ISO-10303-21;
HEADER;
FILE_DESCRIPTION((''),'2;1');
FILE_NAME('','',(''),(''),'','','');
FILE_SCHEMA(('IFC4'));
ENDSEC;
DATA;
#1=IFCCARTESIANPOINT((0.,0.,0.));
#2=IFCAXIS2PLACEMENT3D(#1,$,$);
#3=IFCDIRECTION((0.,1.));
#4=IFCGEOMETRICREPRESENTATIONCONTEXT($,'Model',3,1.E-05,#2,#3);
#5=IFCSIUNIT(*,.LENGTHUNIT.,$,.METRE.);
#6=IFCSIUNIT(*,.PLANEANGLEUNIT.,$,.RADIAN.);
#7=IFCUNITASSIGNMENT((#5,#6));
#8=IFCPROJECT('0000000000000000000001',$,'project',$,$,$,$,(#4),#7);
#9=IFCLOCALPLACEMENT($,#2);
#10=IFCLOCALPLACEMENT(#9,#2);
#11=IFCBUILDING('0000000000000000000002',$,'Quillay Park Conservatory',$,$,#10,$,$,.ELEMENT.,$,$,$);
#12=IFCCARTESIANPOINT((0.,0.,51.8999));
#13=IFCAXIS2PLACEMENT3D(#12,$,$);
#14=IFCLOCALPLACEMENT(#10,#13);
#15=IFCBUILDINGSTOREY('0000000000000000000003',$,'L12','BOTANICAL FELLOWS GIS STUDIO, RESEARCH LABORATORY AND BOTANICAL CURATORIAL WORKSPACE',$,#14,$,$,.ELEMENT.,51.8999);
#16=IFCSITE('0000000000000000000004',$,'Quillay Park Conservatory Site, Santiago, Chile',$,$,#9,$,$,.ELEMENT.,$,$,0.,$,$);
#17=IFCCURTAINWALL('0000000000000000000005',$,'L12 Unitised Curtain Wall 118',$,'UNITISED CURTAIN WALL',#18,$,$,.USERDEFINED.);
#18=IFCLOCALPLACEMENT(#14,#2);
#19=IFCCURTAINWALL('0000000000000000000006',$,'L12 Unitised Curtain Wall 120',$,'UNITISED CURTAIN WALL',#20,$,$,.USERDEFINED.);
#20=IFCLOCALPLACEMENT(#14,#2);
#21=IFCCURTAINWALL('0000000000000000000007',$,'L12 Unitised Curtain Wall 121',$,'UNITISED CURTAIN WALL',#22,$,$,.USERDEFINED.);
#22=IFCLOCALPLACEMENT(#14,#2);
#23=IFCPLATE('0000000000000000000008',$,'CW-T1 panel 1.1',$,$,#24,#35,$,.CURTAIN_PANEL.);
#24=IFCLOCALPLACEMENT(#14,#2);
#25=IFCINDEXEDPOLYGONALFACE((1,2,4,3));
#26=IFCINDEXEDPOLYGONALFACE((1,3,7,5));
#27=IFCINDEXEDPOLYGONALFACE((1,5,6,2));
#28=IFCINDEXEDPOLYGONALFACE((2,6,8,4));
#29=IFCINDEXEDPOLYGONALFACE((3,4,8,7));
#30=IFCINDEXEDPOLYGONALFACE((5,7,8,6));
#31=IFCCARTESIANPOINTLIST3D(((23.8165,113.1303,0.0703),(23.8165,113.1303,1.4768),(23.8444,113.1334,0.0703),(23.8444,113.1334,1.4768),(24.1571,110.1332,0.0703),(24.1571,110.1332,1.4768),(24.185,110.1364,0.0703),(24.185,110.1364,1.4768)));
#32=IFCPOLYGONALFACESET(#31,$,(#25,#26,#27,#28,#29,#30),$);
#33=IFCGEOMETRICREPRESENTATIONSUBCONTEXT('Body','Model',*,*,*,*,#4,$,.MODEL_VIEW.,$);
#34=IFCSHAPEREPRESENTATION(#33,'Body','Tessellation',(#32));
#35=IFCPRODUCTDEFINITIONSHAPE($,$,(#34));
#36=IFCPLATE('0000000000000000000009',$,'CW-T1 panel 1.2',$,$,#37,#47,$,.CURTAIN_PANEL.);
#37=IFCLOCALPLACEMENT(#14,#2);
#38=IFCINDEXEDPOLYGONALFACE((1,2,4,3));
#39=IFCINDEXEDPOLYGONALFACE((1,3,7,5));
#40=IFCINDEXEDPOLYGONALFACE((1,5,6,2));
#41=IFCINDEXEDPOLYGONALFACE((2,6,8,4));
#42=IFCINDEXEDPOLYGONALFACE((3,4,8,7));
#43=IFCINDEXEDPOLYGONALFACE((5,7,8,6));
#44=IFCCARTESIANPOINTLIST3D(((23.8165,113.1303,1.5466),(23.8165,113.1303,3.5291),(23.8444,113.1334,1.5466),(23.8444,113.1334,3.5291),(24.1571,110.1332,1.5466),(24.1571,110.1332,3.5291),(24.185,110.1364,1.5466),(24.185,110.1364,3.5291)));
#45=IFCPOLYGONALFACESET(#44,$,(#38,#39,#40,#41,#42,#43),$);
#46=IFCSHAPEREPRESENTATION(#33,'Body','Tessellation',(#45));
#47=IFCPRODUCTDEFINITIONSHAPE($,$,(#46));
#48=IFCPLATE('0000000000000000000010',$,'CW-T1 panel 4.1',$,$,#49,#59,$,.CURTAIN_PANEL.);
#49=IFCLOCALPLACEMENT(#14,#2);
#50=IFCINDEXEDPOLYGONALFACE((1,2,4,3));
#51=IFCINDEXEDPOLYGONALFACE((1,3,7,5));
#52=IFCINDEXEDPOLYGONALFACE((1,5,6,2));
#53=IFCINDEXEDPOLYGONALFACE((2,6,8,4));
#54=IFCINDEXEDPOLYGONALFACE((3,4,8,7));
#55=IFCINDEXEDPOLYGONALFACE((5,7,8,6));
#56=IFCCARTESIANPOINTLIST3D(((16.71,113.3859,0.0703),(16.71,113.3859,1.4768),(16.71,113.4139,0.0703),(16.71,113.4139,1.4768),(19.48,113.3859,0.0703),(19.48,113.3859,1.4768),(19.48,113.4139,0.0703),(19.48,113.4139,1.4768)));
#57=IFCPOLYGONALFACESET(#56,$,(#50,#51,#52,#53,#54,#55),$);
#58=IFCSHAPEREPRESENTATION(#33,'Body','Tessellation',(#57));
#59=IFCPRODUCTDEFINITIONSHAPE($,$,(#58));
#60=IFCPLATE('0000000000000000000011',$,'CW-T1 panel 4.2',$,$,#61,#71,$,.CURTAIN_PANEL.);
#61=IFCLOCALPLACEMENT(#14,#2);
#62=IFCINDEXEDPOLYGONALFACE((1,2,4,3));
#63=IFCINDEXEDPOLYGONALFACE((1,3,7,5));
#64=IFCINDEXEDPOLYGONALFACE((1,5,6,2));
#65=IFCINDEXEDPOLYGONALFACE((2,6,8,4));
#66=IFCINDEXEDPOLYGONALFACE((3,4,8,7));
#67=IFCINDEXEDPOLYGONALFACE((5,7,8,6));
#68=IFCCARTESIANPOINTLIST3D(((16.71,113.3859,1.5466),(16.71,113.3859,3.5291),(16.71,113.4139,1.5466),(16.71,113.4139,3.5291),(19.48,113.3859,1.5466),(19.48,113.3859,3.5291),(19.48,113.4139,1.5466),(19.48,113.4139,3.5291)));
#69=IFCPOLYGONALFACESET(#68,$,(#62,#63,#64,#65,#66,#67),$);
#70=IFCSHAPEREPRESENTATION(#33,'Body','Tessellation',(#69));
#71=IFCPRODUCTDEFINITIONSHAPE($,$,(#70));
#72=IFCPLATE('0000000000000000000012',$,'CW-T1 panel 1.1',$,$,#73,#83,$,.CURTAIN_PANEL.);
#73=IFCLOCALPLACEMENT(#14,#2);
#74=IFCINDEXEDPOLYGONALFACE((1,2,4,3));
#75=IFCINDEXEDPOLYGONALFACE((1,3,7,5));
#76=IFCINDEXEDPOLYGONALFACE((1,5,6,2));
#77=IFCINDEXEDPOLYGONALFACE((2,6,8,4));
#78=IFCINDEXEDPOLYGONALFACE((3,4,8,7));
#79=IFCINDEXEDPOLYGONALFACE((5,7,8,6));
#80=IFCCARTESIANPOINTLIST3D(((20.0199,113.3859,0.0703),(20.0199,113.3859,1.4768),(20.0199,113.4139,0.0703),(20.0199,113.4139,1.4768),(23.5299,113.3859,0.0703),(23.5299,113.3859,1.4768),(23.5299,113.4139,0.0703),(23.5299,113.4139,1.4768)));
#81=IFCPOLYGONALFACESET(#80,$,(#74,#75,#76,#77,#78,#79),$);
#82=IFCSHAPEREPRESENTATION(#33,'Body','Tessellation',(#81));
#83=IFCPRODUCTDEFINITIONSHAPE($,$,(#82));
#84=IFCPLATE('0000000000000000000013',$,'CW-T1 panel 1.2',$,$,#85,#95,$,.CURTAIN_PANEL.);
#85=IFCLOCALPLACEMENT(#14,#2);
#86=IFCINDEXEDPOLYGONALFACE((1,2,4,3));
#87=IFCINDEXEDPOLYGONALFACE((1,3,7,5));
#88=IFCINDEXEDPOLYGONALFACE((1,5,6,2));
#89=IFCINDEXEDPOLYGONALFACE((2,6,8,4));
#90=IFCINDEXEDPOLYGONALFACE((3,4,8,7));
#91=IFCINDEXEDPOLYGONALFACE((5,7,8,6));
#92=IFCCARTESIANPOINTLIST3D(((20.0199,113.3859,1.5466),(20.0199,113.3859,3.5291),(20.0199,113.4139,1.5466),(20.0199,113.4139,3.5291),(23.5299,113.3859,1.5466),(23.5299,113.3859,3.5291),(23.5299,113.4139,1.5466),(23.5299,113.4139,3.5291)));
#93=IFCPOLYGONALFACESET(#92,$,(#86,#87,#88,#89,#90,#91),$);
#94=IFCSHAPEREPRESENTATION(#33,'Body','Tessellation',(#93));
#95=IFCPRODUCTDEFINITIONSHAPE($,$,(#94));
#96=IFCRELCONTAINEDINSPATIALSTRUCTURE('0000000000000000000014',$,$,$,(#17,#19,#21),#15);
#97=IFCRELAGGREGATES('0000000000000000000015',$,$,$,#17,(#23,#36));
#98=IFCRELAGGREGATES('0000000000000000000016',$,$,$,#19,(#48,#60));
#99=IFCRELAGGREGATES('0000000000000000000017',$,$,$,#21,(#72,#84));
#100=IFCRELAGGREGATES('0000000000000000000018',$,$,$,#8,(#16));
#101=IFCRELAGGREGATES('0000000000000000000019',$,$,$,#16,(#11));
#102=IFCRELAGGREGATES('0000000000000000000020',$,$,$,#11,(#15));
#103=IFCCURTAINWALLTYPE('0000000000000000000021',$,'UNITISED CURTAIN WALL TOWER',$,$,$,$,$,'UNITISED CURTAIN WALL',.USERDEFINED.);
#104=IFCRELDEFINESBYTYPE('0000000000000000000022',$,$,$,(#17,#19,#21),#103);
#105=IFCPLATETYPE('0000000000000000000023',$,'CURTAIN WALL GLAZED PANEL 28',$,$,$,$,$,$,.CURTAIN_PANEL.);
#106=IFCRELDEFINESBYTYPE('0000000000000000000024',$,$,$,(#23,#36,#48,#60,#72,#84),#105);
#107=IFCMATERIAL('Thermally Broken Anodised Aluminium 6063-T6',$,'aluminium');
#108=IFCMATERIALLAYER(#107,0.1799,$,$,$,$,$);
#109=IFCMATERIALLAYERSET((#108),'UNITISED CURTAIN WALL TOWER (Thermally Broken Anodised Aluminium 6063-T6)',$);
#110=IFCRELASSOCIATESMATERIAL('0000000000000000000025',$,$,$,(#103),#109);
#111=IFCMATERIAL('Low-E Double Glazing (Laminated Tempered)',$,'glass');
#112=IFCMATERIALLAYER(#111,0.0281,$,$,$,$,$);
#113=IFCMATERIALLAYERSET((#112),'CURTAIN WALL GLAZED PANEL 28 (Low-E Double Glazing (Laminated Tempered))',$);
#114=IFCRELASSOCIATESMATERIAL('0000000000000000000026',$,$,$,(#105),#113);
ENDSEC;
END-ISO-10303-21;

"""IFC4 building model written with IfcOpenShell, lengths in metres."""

from ifc_helpers import new_model, si_unit, direction, frame, origin, origin_2d, place, context, subcontext, project, spatial, rectangle, extrude, material, layer, layer_set, type_object, element, aggregate, save


model = new_model("IFC4")

# Units and contexts
model_context = context("Model", 3, precision=1e-05, world=origin(), true_north=direction((0.0, 1.0)))
body_context = subcontext(model_context, "Body", "Model", "MODEL_VIEW")
ifc_project = project(units=[si_unit("LENGTHUNIT", "METRE"), si_unit("PLANEANGLEUNIT", "RADIAN")], contexts=[model_context])

# Site, building, storey
site_placement = place(None, origin())
site = spatial("IfcSite", under=ifc_project, at=site_placement, Name="Quillay Park Conservatory Site, Santiago, Chile", CompositionType="ELEMENT", RefElevation=0.0)
building_placement = place(site_placement, origin())
building = spatial("IfcBuilding", under=site, at=building_placement, Name="Quillay Park Conservatory", CompositionType="ELEMENT")
storey_placement = place(building_placement, frame((0.0, 0.0, 51.8999)))
storey = spatial("IfcBuildingStorey", under=building, at=storey_placement, Name="L12", Description="BOTANICAL FELLOWS GIS STUDIO, RESEARCH LABORATORY AND BOTANICAL CURATORIAL WORKSPACE", CompositionType="ELEMENT", Elevation=51.8999)

# Curtain walls
ifc_material_1 = material(Name="Thermally Broken Anodised Aluminium 6063-T6", Category="aluminium")
ifc_layer_1 = layer(ifc_material_1, 0.1799)
ifc_layer_set_1 = layer_set([ifc_layer_1], Name="UNITISED CURTAIN WALL TOWER (Thermally Broken Anodised Aluminium 6063-T6)")
curtain_wall_type = type_object("IfcCurtainWallType", Name="UNITISED CURTAIN WALL TOWER", ElementType="UNITISED CURTAIN WALL", PredefinedType="USERDEFINED", material=ifc_layer_set_1)
curtain_wall_1_placement = place(storey_placement, origin())
curtain_wall_1 = element("IfcCurtainWall", 1, at=curtain_wall_1_placement, inside=storey, type_object=curtain_wall_type, Name="L12 Unitised Curtain Wall 118", ObjectType="UNITISED CURTAIN WALL", PredefinedType="USERDEFINED")
curtain_wall_2_placement = place(storey_placement, origin())
curtain_wall_2 = element("IfcCurtainWall", 2, at=curtain_wall_2_placement, inside=storey, type_object=curtain_wall_type, Name="L12 Unitised Curtain Wall 120", ObjectType="UNITISED CURTAIN WALL", PredefinedType="USERDEFINED")

# Curtain wall
curtain_wall_3_placement = place(storey_placement, origin())
curtain_wall_3 = element("IfcCurtainWall", 3, at=curtain_wall_3_placement, inside=storey, type_object=curtain_wall_type, Name="L12 Unitised Curtain Wall 121", ObjectType="UNITISED CURTAIN WALL", PredefinedType="USERDEFINED")

# Plates
ifc_material_2 = material(Name="Low-E Double Glazing (Laminated Tempered)", Category="glass")
ifc_layer_2 = layer(ifc_material_2, 0.0281)
ifc_layer_set_2 = layer_set([ifc_layer_2], Name="CURTAIN WALL GLAZED PANEL 28 (Low-E Double Glazing (Laminated Tempered))")
plate_type = type_object("IfcPlateType", Name="CURTAIN WALL GLAZED PANEL 28", PredefinedType="CURTAIN_PANEL", material=ifc_layer_set_2)
plate_1_placement = place(storey_placement, frame((24.0007, 111.6333, 0.0703), z_axis=(0.0, 0.0, 1.0), x_axis=(0.112903, -0.993606, 0.0)))
plate_1 = element("IfcPlate", 4, at=plate_1_placement, type_object=plate_type, Name="CW-T1 panel 1.1", PredefinedType="CURTAIN_PANEL", context=body_context, shape_type="SweptSolid", body=[
    extrude(rectangle(XDim=3.0164, YDim=0.0281, at=origin_2d()), origin(), (0.0, 0.0, 1.0), 1.4065),
])
plate_2_placement = place(storey_placement, frame((24.0007, 111.6333, 1.5466), z_axis=(0.0, 0.0, 1.0), x_axis=(0.112903, -0.993606, 0.0)))
plate_2 = element("IfcPlate", 5, at=plate_2_placement, type_object=plate_type, Name="CW-T1 panel 1.2", PredefinedType="CURTAIN_PANEL", context=body_context, shape_type="SweptSolid", body=[
    extrude(rectangle(XDim=3.0164, YDim=0.0281, at=origin_2d()), origin(), (0.0, 0.0, 1.0), 1.9824),
])
aggregate(curtain_wall_1, [plate_1, plate_2])
plate_3_placement = place(storey_placement, frame((18.095, 113.3999, 0.0703), z_axis=(0.0, 0.0, 1.0), x_axis=(1.0, 0.0, 0.0)))
plate_3 = element("IfcPlate", 6, at=plate_3_placement, type_object=plate_type, Name="CW-T1 panel 4.1", PredefinedType="CURTAIN_PANEL", context=body_context, shape_type="SweptSolid", body=[
    extrude(rectangle(XDim=2.77, YDim=0.0281, at=origin_2d()), origin(), (0.0, 0.0, 1.0), 1.4065),
])
plate_4_placement = place(storey_placement, frame((18.095, 113.3999, 1.5466), z_axis=(0.0, 0.0, 1.0), x_axis=(1.0, 0.0, 0.0)))
plate_4 = element("IfcPlate", 7, at=plate_4_placement, type_object=plate_type, Name="CW-T1 panel 4.2", PredefinedType="CURTAIN_PANEL", context=body_context, shape_type="SweptSolid", body=[
    extrude(rectangle(XDim=2.77, YDim=0.0281, at=origin_2d()), origin(), (0.0, 0.0, 1.0), 1.9824),
])
aggregate(curtain_wall_2, [plate_3, plate_4])
plate_5_placement = place(storey_placement, frame((21.7749, 113.3999, 0.0703), z_axis=(0.0, 0.0, 1.0), x_axis=(1.0, 0.0, 0.0)))
plate_5 = element("IfcPlate", 8, at=plate_5_placement, type_object=plate_type, Name="CW-T1 panel 1.1", PredefinedType="CURTAIN_PANEL", context=body_context, shape_type="SweptSolid", body=[
    extrude(rectangle(XDim=3.51, YDim=0.0281, at=origin_2d()), origin(), (0.0, 0.0, 1.0), 1.4065),
])
plate_6_placement = place(storey_placement, frame((21.7749, 113.3999, 1.5466), z_axis=(0.0, 0.0, 1.0), x_axis=(1.0, 0.0, 0.0)))
plate_6 = element("IfcPlate", 9, at=plate_6_placement, type_object=plate_type, Name="CW-T1 panel 1.2", PredefinedType="CURTAIN_PANEL", context=body_context, shape_type="SweptSolid", body=[
    extrude(rectangle(XDim=3.51, YDim=0.0281, at=origin_2d()), origin(), (0.0, 0.0, 1.0), 1.9824),
])
aggregate(curtain_wall_3, [plate_5, plate_6])

save(model, "model.ifc")
